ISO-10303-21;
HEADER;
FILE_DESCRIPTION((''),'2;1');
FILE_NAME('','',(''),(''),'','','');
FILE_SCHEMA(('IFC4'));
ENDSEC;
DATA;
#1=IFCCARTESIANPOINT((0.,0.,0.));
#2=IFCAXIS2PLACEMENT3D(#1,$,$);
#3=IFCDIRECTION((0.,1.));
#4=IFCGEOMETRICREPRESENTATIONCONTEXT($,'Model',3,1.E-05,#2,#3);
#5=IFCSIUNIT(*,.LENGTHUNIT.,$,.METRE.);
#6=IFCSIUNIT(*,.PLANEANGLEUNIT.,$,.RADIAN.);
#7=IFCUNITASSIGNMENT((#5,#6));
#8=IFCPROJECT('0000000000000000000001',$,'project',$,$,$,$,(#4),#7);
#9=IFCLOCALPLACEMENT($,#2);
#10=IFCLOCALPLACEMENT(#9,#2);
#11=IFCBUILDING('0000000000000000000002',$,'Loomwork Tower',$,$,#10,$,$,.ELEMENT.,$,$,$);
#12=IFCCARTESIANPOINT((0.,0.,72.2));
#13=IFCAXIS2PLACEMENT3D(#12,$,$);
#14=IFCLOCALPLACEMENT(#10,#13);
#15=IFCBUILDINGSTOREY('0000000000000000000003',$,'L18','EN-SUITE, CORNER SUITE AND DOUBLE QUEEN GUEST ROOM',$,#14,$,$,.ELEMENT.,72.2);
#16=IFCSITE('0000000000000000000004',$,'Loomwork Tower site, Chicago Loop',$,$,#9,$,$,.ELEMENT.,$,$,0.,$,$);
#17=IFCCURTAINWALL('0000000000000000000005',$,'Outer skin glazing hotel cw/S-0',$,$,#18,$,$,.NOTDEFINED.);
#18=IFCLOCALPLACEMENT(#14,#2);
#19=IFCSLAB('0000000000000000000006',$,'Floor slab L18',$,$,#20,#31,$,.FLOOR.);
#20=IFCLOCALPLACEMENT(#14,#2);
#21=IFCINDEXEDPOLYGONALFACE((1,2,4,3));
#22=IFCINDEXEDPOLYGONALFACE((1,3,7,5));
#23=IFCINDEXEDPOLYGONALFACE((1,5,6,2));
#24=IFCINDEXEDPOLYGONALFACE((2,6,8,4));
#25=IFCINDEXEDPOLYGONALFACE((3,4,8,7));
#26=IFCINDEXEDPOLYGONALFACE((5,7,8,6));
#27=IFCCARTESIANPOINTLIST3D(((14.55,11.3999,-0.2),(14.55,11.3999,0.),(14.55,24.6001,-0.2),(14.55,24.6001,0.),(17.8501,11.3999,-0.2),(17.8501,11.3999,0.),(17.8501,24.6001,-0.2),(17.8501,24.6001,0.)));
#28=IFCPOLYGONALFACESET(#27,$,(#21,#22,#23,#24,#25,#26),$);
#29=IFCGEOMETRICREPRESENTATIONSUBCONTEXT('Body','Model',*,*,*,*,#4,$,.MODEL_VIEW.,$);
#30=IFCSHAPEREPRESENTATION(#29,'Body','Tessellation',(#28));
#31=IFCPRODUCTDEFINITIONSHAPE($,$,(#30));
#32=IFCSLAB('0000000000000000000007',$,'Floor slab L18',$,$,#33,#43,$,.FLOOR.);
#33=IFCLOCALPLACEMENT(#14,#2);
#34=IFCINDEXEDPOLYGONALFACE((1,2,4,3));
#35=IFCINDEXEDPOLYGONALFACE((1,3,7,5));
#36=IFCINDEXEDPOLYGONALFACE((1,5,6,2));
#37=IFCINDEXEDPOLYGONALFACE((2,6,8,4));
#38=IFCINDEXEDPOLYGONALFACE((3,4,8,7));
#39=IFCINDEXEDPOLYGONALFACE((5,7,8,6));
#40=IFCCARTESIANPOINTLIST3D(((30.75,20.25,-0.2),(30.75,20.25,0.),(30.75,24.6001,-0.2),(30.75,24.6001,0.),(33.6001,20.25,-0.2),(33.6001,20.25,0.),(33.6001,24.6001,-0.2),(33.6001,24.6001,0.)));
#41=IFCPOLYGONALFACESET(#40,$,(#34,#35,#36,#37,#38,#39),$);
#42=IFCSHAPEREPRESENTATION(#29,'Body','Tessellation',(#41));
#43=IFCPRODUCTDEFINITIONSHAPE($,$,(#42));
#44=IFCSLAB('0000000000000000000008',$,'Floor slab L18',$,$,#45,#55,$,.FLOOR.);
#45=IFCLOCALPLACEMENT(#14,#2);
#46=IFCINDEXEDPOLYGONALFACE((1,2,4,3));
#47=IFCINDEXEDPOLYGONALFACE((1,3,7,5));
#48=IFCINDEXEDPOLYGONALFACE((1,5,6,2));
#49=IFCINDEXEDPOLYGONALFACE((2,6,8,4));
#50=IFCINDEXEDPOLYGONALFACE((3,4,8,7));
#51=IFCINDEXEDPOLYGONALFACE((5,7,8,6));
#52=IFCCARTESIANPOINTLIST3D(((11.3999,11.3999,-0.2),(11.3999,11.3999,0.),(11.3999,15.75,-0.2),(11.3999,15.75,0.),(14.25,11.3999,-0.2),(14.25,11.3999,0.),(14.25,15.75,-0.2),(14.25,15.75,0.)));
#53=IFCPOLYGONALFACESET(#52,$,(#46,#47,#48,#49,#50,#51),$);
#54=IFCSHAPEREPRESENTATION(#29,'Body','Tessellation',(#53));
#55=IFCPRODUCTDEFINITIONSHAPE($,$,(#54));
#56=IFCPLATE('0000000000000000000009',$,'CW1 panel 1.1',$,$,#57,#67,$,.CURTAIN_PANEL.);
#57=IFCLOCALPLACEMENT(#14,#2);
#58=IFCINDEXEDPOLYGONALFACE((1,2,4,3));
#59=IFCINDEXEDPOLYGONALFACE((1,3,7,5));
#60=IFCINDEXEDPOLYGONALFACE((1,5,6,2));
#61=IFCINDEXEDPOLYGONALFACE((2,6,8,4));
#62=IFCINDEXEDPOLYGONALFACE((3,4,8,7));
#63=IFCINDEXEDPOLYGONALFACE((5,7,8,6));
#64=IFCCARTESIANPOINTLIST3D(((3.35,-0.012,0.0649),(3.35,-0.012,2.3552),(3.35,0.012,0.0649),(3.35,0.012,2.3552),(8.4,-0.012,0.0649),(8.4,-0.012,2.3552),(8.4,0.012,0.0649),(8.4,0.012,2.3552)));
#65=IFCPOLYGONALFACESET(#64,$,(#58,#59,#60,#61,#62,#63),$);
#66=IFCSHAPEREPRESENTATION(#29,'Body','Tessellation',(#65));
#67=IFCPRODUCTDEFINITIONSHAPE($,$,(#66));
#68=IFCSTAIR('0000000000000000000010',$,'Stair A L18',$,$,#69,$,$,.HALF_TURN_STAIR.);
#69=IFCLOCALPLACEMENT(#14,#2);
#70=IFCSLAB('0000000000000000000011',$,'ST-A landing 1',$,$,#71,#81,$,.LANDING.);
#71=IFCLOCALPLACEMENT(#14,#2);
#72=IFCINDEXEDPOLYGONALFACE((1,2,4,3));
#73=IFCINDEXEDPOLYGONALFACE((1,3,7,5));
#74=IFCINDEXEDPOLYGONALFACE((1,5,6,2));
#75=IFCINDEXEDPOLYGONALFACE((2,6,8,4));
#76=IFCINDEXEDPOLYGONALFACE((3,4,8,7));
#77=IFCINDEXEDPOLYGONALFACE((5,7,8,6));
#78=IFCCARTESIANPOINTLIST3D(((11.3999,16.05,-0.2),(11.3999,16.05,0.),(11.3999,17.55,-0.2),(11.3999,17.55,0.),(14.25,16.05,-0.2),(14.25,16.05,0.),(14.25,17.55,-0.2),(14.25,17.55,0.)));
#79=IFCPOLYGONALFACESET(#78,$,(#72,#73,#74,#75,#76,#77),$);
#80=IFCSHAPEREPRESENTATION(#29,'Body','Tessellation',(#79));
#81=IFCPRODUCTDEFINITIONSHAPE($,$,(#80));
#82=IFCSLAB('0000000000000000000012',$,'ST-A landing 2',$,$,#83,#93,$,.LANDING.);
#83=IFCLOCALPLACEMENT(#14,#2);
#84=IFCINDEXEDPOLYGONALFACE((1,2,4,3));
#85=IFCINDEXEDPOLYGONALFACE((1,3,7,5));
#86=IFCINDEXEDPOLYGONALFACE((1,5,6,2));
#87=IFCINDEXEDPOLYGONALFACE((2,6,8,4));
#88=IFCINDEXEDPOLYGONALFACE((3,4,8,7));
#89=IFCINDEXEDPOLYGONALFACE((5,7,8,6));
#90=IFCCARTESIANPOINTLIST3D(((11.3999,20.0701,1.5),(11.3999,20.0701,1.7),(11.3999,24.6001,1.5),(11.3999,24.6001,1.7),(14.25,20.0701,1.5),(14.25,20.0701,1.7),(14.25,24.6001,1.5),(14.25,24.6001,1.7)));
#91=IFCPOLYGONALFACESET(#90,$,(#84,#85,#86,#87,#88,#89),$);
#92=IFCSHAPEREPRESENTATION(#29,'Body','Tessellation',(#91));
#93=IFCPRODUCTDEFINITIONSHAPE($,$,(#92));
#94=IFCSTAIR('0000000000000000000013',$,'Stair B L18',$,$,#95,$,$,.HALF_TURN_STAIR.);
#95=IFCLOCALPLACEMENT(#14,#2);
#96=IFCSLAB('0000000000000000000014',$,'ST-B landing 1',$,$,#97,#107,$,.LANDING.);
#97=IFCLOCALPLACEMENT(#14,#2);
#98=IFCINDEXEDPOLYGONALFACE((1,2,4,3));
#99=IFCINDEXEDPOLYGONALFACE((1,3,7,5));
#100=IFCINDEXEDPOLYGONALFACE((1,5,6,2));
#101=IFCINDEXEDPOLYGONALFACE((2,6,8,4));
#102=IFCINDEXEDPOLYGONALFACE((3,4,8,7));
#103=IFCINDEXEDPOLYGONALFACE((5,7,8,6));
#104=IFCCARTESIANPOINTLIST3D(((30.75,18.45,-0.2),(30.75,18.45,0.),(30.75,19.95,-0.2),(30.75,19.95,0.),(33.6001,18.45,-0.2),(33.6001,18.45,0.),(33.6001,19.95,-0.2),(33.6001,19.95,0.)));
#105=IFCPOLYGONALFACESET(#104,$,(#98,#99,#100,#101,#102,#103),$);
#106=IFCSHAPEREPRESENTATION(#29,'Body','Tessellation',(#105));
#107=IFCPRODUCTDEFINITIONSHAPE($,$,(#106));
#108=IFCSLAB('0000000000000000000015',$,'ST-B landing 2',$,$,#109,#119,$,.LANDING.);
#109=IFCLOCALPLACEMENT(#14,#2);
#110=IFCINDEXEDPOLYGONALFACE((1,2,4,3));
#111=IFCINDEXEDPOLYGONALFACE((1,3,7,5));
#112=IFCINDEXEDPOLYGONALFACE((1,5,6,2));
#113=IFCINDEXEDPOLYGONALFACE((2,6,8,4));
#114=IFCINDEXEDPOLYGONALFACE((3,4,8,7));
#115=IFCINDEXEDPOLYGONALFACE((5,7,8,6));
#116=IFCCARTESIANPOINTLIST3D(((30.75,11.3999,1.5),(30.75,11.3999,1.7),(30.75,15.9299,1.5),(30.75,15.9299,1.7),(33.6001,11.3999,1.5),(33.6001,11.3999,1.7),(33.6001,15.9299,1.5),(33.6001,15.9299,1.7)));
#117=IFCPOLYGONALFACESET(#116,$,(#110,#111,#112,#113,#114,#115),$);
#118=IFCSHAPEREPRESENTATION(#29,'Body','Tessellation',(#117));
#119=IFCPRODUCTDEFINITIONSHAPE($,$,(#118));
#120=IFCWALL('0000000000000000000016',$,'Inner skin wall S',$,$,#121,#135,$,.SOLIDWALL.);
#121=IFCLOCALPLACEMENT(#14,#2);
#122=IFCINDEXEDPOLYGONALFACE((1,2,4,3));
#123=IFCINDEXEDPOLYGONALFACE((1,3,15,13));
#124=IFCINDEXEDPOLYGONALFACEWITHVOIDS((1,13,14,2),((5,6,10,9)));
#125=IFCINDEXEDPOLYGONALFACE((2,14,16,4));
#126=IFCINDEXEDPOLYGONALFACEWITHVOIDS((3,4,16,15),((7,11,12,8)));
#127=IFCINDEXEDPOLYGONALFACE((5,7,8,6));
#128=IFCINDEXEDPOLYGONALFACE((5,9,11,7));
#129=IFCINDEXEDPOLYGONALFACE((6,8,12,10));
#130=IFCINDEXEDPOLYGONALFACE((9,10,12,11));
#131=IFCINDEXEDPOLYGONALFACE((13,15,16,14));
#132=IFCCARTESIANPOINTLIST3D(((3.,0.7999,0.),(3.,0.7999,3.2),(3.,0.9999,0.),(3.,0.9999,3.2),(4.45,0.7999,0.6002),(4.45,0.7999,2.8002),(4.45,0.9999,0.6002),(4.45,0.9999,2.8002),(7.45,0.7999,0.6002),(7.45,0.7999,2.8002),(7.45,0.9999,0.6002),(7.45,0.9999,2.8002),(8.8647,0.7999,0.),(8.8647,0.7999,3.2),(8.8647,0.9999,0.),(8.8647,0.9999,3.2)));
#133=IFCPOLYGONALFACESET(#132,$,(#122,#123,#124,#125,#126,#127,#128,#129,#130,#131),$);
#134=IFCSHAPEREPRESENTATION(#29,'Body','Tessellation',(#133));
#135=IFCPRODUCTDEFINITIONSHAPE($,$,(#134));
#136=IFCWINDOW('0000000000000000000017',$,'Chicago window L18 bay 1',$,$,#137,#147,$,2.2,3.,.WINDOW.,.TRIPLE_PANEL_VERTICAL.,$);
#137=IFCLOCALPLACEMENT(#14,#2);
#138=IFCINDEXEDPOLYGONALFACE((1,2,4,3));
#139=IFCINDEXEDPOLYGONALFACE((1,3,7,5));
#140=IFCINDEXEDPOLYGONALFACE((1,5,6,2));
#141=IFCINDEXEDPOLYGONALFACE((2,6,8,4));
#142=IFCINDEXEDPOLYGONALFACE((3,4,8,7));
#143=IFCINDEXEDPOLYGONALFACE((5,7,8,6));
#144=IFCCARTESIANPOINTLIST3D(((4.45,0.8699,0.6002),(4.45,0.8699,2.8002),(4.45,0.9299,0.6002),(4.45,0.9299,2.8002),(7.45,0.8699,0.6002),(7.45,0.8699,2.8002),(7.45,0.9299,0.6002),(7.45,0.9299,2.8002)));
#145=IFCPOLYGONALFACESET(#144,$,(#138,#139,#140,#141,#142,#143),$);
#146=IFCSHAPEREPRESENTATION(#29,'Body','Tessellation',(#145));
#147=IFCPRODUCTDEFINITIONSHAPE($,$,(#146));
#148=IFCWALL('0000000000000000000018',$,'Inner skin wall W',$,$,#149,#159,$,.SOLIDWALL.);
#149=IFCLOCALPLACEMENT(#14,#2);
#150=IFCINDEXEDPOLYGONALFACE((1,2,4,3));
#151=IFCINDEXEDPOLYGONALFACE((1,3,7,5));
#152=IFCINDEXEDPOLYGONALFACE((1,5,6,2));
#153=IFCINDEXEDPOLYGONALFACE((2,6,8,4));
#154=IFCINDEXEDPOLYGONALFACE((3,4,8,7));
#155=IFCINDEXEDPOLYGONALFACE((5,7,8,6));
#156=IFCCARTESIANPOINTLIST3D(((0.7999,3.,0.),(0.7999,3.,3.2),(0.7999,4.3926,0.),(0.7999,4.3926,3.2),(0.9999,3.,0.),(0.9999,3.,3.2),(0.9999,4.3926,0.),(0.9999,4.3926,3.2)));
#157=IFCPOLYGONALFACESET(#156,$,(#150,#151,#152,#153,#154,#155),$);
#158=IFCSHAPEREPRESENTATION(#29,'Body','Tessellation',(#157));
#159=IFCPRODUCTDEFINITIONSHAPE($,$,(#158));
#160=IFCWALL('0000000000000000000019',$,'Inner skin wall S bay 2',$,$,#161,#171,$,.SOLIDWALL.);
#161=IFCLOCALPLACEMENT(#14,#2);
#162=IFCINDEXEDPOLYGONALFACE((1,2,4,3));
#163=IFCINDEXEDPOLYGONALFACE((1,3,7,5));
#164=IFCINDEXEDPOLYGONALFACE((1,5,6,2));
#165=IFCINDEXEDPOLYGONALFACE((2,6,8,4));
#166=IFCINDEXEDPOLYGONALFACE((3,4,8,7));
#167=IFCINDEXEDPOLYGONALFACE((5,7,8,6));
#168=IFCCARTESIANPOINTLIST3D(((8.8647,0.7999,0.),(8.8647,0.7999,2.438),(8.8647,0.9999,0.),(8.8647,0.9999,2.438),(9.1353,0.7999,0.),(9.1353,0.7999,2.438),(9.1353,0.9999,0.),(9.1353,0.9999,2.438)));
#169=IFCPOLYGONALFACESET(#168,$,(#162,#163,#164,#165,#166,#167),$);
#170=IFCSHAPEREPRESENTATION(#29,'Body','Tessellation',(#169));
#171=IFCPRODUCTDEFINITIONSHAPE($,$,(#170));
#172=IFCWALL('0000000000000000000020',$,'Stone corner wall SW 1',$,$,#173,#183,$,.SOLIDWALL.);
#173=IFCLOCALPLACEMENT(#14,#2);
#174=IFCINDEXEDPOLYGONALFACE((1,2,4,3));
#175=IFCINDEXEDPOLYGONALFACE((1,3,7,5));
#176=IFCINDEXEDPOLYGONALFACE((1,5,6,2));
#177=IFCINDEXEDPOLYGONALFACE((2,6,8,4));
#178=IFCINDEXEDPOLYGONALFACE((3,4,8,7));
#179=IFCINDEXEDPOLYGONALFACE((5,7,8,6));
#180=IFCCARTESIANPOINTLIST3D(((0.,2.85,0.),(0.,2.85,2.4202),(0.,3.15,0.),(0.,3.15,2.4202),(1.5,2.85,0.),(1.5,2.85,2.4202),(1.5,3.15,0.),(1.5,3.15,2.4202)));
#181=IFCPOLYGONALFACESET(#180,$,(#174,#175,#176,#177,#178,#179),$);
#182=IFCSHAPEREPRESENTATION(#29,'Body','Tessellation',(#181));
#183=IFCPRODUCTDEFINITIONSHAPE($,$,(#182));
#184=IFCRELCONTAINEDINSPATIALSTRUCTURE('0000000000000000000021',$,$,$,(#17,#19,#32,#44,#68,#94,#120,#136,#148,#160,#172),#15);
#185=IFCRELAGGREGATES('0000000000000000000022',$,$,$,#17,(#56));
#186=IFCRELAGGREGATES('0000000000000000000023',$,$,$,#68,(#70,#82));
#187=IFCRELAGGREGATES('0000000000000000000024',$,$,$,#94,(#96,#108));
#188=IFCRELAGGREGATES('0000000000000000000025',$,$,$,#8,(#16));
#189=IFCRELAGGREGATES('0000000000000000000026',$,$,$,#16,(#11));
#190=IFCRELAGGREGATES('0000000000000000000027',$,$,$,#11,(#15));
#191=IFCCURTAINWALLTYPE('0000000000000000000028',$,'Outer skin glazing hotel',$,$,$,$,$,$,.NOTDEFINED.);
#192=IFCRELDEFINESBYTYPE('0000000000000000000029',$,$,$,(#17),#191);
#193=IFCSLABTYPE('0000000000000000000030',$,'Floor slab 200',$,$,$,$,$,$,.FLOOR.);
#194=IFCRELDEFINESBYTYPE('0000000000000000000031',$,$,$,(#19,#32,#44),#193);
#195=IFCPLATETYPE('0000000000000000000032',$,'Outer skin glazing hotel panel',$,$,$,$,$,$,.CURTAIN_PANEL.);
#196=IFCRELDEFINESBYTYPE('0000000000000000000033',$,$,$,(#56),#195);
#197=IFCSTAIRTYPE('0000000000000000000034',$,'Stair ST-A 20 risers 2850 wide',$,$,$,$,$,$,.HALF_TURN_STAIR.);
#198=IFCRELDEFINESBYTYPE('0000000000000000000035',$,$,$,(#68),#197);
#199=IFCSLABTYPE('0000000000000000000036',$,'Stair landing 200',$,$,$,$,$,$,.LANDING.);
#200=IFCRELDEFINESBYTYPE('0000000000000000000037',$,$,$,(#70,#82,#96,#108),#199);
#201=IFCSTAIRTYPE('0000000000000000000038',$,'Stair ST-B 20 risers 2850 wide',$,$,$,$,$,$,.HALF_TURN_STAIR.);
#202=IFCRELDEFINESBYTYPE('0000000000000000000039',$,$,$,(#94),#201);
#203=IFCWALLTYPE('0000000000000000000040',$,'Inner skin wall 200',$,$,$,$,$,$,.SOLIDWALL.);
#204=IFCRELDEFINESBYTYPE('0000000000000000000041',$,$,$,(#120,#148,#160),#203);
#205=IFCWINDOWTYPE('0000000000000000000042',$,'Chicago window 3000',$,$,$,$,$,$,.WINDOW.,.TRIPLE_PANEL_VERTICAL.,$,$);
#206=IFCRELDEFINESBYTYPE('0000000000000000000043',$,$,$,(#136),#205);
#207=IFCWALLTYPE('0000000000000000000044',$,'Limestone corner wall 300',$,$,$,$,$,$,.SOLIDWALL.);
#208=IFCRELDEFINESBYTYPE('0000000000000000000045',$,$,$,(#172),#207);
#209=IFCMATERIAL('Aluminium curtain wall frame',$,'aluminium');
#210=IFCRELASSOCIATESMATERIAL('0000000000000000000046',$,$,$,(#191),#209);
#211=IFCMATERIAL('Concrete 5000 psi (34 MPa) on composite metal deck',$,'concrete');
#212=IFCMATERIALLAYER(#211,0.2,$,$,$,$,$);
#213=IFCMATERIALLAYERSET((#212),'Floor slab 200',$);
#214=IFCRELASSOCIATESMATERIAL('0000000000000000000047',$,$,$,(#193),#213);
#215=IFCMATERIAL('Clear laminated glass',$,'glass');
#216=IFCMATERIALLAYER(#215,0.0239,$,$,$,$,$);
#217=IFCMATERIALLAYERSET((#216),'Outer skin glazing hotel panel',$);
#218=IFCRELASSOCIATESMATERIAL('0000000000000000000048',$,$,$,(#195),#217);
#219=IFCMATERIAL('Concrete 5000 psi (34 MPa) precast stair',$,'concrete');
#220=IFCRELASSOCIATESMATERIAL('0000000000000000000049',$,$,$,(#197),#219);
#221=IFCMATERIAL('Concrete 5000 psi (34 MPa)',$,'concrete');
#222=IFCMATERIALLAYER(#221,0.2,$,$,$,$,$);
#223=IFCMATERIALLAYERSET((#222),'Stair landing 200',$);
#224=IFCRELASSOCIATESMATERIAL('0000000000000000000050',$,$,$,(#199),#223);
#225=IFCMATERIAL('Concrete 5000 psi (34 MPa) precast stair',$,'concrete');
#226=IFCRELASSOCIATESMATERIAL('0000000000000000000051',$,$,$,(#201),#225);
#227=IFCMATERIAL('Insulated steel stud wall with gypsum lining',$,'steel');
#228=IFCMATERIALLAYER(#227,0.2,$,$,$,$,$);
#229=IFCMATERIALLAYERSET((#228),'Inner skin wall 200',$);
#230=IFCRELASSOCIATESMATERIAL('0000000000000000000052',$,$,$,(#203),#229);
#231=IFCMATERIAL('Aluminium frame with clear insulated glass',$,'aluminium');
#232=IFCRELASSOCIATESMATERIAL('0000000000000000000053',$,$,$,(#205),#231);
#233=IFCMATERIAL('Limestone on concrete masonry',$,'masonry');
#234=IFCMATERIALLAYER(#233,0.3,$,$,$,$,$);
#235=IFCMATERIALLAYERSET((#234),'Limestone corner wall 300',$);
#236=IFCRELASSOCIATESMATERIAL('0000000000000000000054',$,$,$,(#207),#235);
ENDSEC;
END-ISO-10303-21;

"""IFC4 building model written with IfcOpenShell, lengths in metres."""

from ifc_helpers import new_model, si_unit, direction, frame, frame_2d, origin, origin_2d, place, context, subcontext, project, spatial, polyline, rectangle, outline, extrude, material, layer, layer_set, type_object, element, fill, aggregate, save


model = new_model("IFC4")

# Units and contexts
model_context = context("Model", 3, precision=1e-05, world=origin(), true_north=direction((0.0, 1.0)))
body_context = subcontext(model_context, "Body", "Model", "MODEL_VIEW")
ifc_project = project(units=[si_unit("LENGTHUNIT", "METRE"), si_unit("PLANEANGLEUNIT", "RADIAN")], contexts=[model_context])

# Site, building, storey
site_placement = place(None, origin())
site = spatial("IfcSite", under=ifc_project, at=site_placement, Name="Loomwork Tower site, Chicago Loop", CompositionType="ELEMENT", RefElevation=0.0)
building_placement = place(site_placement, origin())
building = spatial("IfcBuilding", under=site, at=building_placement, Name="Loomwork Tower", CompositionType="ELEMENT")
storey_placement = place(building_placement, frame((0.0, 0.0, 72.2)))
storey = spatial("IfcBuildingStorey", under=building, at=storey_placement, Name="L18", Description="EN-SUITE, CORNER SUITE AND DOUBLE QUEEN GUEST ROOM", CompositionType="ELEMENT", Elevation=72.2)

# Curtain wall
ifc_material_1 = material(Name="Aluminium curtain wall frame", Category="aluminium")
curtain_wall_type = type_object("IfcCurtainWallType", Name="Outer skin glazing hotel", PredefinedType="NOTDEFINED", material=ifc_material_1)
curtain_wall_1_placement = place(storey_placement, origin())
curtain_wall_1 = element("IfcCurtainWall", 1, at=curtain_wall_1_placement, inside=storey, type_object=curtain_wall_type, Name="Outer skin glazing hotel cw/S-0", PredefinedType="NOTDEFINED")

# Slabs
ifc_material_2 = material(Name="Concrete 5000 psi (34 MPa) on composite metal deck", Category="concrete")
ifc_layer_1 = layer(ifc_material_2, 0.2)
ifc_layer_set_1 = layer_set([ifc_layer_1], Name="Floor slab 200")
slab_type_1 = type_object("IfcSlabType", Name="Floor slab 200", PredefinedType="FLOOR", material=ifc_layer_set_1)
slab_1_placement = place(storey_placement, frame((0.0, 0.0, -0.2)))
element("IfcSlab", 2, at=slab_1_placement, inside=storey, type_object=slab_type_1, Name="Floor slab L18", PredefinedType="FLOOR", context=body_context, shape_type="SweptSolid", body=[
    extrude(outline(polyline([(14.55, 11.3999), (14.55, 24.6001), (17.8501, 24.6001), (17.8501, 11.3999), (14.55, 11.3999)])), origin(), (0.0, 0.0, 1.0), 0.2),
])
slab_2_placement = place(storey_placement, frame((0.0, 0.0, -0.2)))
element("IfcSlab", 3, at=slab_2_placement, inside=storey, type_object=slab_type_1, Name="Floor slab L18", PredefinedType="FLOOR", context=body_context, shape_type="SweptSolid", body=[
    extrude(outline(polyline([(33.6001, 20.25), (30.75, 20.25), (30.75, 24.6001), (33.6001, 24.6001), (33.6001, 20.25)])), origin(), (0.0, 0.0, 1.0), 0.2),
])
slab_3_placement = place(storey_placement, frame((0.0, 0.0, -0.2)))
element("IfcSlab", 4, at=slab_3_placement, inside=storey, type_object=slab_type_1, Name="Floor slab L18", PredefinedType="FLOOR", context=body_context, shape_type="SweptSolid", body=[
    extrude(outline(polyline([(14.25, 15.75), (14.25, 11.3999), (11.3999, 11.3999), (11.3999, 15.75), (14.25, 15.75)])), origin(), (0.0, 0.0, 1.0), 0.2),
])

# Plate
ifc_material_3 = material(Name="Clear laminated glass", Category="glass")
ifc_layer_2 = layer(ifc_material_3, 0.0239)
ifc_layer_set_2 = layer_set([ifc_layer_2], Name="Outer skin glazing hotel panel")
plate_type = type_object("IfcPlateType", Name="Outer skin glazing hotel panel", PredefinedType="CURTAIN_PANEL", material=ifc_layer_set_2)
plate_placement = place(storey_placement, frame((5.875, 0.0, 0.0649), z_axis=(0.0, 0.0, 1.0), x_axis=(1.0, 0.0, 0.0)))
plate = element("IfcPlate", 5, at=plate_placement, type_object=plate_type, Name="CW1 panel 1.1", PredefinedType="CURTAIN_PANEL", context=body_context, shape_type="SweptSolid", body=[
    extrude(rectangle(XDim=5.05, YDim=0.0239, at=origin_2d()), origin(), (0.0, 0.0, 1.0), 2.2903),
])
aggregate(curtain_wall_1, [plate])

# Stairs, slabs
ifc_material_4 = material(Name="Concrete 5000 psi (34 MPa) precast stair", Category="concrete")
stair_type_1 = type_object("IfcStairType", Name="Stair ST-A 20 risers 2850 wide", PredefinedType="HALF_TURN_STAIR", material=ifc_material_4)
stair_1_placement = place(storey_placement, origin())
stair_1 = element("IfcStair", 6, at=stair_1_placement, inside=storey, type_object=stair_type_1, Name="Stair A L18", PredefinedType="HALF_TURN_STAIR")
ifc_material_5 = material(Name="Concrete 5000 psi (34 MPa)", Category="concrete")
ifc_layer_3 = layer(ifc_material_5, 0.2)
ifc_layer_set_3 = layer_set([ifc_layer_3], Name="Stair landing 200")
slab_type_2 = type_object("IfcSlabType", Name="Stair landing 200", PredefinedType="LANDING", material=ifc_layer_set_3)
slab_4_placement = place(storey_placement, frame((0.0, 0.0, -0.2)))
slab_4 = element("IfcSlab", 7, at=slab_4_placement, type_object=slab_type_2, Name="ST-A landing 1", PredefinedType="LANDING", context=body_context, shape_type="SweptSolid", body=[
    extrude(outline(polyline([(11.3999, 16.05), (14.25, 16.05), (14.25, 17.55), (11.3999, 17.55), (11.3999, 16.05)])), origin(), (0.0, 0.0, 1.0), 0.2),
])
slab_5_placement = place(storey_placement, frame((0.0, 0.0, 1.5)))
slab_5 = element("IfcSlab", 8, at=slab_5_placement, type_object=slab_type_2, Name="ST-A landing 2", PredefinedType="LANDING", context=body_context, shape_type="SweptSolid", body=[
    extrude(outline(polyline([(11.3999, 20.0701), (14.25, 20.0701), (14.25, 24.6001), (11.3999, 24.6001), (11.3999, 20.0701)])), origin(), (0.0, 0.0, 1.0), 0.2),
])
aggregate(stair_1, [slab_4, slab_5])
ifc_material_6 = material(Name="Concrete 5000 psi (34 MPa) precast stair", Category="concrete")
stair_type_2 = type_object("IfcStairType", Name="Stair ST-B 20 risers 2850 wide", PredefinedType="HALF_TURN_STAIR", material=ifc_material_6)
stair_2_placement = place(storey_placement, origin())
stair_2 = element("IfcStair", 9, at=stair_2_placement, inside=storey, type_object=stair_type_2, Name="Stair B L18", PredefinedType="HALF_TURN_STAIR")
slab_6_placement = place(storey_placement, frame((0.0, 0.0, -0.2)))
slab_6 = element("IfcSlab", 10, at=slab_6_placement, type_object=slab_type_2, Name="ST-B landing 1", PredefinedType="LANDING", context=body_context, shape_type="SweptSolid", body=[
    extrude(outline(polyline([(30.75, 18.45), (33.6001, 18.45), (33.6001, 19.95), (30.75, 19.95), (30.75, 18.45)])), origin(), (0.0, 0.0, 1.0), 0.2),
])
slab_7_placement = place(storey_placement, frame((0.0, 0.0, 1.5)))
slab_7 = element("IfcSlab", 11, at=slab_7_placement, type_object=slab_type_2, Name="ST-B landing 2", PredefinedType="LANDING", context=body_context, shape_type="SweptSolid", body=[
    extrude(outline(polyline([(30.75, 11.3999), (33.6001, 11.3999), (33.6001, 15.9299), (30.75, 15.9299), (30.75, 11.3999)])), origin(), (0.0, 0.0, 1.0), 0.2),
])
aggregate(stair_2, [slab_6, slab_7])

# Wall, opening, window
ifc_material_7 = material(Name="Insulated steel stud wall with gypsum lining", Category="steel")
ifc_layer_4 = layer(ifc_material_7, 0.2)
ifc_layer_set_4 = layer_set([ifc_layer_4], Name="Inner skin wall 200")
wall_type_1 = type_object("IfcWallType", Name="Inner skin wall 200", PredefinedType="SOLIDWALL", material=ifc_layer_set_4)
wall_1_placement = place(storey_placement, frame((3.0, 0.8999, 0.0), z_axis=(0.0, 0.0, 1.0), x_axis=(1.0, 0.0, 0.0)))
wall_1 = element("IfcWall", 12, at=wall_1_placement, inside=storey, type_object=wall_type_1, Name="Inner skin wall S", PredefinedType="SOLIDWALL", context=body_context, shape_type="SweptSolid", body=[
    extrude(rectangle(XDim=5.8647, YDim=0.2, at=frame_2d((2.9324, 0.0))), origin(), (0.0, 0.0, 1.0), 3.2),
])
opening_1_placement = place(wall_1_placement, frame((1.45, 0.0, 0.6001)))
opening_1 = element("IfcOpeningElement", 13, at=opening_1_placement, cuts=wall_1, PredefinedType="OPENING", context=body_context, shape_type="SweptSolid", body=[
    extrude(rectangle(XDim=3.0, YDim=2.2, at=frame_2d((1.5, 1.1001))), frame((0.0, 0.1099, 0.0), z_axis=(0.0, -1.0, 0.0), x_axis=(1.0, 0.0, 0.0)), (0.0, 0.0, 1.0), 0.22),
])
ifc_material_8 = material(Name="Aluminium frame with clear insulated glass", Category="aluminium")
window_type_1 = type_object("IfcWindowType", Name="Chicago window 3000", PartitioningType="TRIPLE_PANEL_VERTICAL", PredefinedType="WINDOW", material=ifc_material_8)
window_1_placement = place(opening_1_placement, origin())
window_1 = element("IfcWindow", 14, at=window_1_placement, inside=storey, type_object=window_type_1, Name="Chicago window L18 bay 1", OverallHeight=2.2, OverallWidth=3.0, PartitioningType="TRIPLE_PANEL_VERTICAL", PredefinedType="WINDOW", context=body_context, shape_type="SweptSolid", body=[
    extrude(rectangle(XDim=3.0, YDim=2.2, at=frame_2d((1.5, 1.1001))), frame((0.0, 0.03, 0.0), z_axis=(0.0, -1.0, 0.0), x_axis=(1.0, 0.0, 0.0)), (0.0, 0.0, 1.0), 0.0601),
])
fill(opening_1, window_1)

# Walls
wall_2_placement = place(storey_placement, frame((0.8999, 3.0, 0.0), z_axis=(0.0, 0.0, 1.0), x_axis=(0.0, 1.0, 0.0)))
element("IfcWall", 15, at=wall_2_placement, inside=storey, type_object=wall_type_1, Name="Inner skin wall W", PredefinedType="SOLIDWALL", context=body_context, shape_type="SweptSolid", body=[
    extrude(rectangle(XDim=1.3926, YDim=0.2, at=frame_2d((0.6963, 0.0))), origin(), (0.0, 0.0, 1.0), 3.2),
])
wall_3_placement = place(storey_placement, frame((8.8647, 0.8999, 0.0), z_axis=(0.0, 0.0, 1.0), x_axis=(1.0, 0.0, 0.0)))
element("IfcWall", 16, at=wall_3_placement, inside=storey, type_object=wall_type_1, Name="Inner skin wall S bay 2", PredefinedType="SOLIDWALL", context=body_context, shape_type="SweptSolid", body=[
    extrude(rectangle(XDim=0.2705, YDim=0.2, at=frame_2d((0.1353, 0.0))), origin(), (0.0, 0.0, 1.0), 2.438),
])
ifc_material_9 = material(Name="Limestone on concrete masonry", Category="masonry")
ifc_layer_5 = layer(ifc_material_9, 0.3)
ifc_layer_set_5 = layer_set([ifc_layer_5], Name="Limestone corner wall 300")
wall_type_2 = type_object("IfcWallType", Name="Limestone corner wall 300", PredefinedType="SOLIDWALL", material=ifc_layer_set_5)
wall_4_placement = place(storey_placement, frame((0.0, 3.0, 0.0), z_axis=(0.0, 0.0, 1.0), x_axis=(1.0, 0.0, 0.0)))
element("IfcWall", 17, at=wall_4_placement, inside=storey, type_object=wall_type_2, Name="Stone corner wall SW 1", PredefinedType="SOLIDWALL", context=body_context, shape_type="SweptSolid", body=[
    extrude(rectangle(XDim=1.5, YDim=0.3, at=frame_2d((0.75, 0.0))), origin(), (0.0, 0.0, 1.0), 2.4202),
])

save(model, "model.ifc")
